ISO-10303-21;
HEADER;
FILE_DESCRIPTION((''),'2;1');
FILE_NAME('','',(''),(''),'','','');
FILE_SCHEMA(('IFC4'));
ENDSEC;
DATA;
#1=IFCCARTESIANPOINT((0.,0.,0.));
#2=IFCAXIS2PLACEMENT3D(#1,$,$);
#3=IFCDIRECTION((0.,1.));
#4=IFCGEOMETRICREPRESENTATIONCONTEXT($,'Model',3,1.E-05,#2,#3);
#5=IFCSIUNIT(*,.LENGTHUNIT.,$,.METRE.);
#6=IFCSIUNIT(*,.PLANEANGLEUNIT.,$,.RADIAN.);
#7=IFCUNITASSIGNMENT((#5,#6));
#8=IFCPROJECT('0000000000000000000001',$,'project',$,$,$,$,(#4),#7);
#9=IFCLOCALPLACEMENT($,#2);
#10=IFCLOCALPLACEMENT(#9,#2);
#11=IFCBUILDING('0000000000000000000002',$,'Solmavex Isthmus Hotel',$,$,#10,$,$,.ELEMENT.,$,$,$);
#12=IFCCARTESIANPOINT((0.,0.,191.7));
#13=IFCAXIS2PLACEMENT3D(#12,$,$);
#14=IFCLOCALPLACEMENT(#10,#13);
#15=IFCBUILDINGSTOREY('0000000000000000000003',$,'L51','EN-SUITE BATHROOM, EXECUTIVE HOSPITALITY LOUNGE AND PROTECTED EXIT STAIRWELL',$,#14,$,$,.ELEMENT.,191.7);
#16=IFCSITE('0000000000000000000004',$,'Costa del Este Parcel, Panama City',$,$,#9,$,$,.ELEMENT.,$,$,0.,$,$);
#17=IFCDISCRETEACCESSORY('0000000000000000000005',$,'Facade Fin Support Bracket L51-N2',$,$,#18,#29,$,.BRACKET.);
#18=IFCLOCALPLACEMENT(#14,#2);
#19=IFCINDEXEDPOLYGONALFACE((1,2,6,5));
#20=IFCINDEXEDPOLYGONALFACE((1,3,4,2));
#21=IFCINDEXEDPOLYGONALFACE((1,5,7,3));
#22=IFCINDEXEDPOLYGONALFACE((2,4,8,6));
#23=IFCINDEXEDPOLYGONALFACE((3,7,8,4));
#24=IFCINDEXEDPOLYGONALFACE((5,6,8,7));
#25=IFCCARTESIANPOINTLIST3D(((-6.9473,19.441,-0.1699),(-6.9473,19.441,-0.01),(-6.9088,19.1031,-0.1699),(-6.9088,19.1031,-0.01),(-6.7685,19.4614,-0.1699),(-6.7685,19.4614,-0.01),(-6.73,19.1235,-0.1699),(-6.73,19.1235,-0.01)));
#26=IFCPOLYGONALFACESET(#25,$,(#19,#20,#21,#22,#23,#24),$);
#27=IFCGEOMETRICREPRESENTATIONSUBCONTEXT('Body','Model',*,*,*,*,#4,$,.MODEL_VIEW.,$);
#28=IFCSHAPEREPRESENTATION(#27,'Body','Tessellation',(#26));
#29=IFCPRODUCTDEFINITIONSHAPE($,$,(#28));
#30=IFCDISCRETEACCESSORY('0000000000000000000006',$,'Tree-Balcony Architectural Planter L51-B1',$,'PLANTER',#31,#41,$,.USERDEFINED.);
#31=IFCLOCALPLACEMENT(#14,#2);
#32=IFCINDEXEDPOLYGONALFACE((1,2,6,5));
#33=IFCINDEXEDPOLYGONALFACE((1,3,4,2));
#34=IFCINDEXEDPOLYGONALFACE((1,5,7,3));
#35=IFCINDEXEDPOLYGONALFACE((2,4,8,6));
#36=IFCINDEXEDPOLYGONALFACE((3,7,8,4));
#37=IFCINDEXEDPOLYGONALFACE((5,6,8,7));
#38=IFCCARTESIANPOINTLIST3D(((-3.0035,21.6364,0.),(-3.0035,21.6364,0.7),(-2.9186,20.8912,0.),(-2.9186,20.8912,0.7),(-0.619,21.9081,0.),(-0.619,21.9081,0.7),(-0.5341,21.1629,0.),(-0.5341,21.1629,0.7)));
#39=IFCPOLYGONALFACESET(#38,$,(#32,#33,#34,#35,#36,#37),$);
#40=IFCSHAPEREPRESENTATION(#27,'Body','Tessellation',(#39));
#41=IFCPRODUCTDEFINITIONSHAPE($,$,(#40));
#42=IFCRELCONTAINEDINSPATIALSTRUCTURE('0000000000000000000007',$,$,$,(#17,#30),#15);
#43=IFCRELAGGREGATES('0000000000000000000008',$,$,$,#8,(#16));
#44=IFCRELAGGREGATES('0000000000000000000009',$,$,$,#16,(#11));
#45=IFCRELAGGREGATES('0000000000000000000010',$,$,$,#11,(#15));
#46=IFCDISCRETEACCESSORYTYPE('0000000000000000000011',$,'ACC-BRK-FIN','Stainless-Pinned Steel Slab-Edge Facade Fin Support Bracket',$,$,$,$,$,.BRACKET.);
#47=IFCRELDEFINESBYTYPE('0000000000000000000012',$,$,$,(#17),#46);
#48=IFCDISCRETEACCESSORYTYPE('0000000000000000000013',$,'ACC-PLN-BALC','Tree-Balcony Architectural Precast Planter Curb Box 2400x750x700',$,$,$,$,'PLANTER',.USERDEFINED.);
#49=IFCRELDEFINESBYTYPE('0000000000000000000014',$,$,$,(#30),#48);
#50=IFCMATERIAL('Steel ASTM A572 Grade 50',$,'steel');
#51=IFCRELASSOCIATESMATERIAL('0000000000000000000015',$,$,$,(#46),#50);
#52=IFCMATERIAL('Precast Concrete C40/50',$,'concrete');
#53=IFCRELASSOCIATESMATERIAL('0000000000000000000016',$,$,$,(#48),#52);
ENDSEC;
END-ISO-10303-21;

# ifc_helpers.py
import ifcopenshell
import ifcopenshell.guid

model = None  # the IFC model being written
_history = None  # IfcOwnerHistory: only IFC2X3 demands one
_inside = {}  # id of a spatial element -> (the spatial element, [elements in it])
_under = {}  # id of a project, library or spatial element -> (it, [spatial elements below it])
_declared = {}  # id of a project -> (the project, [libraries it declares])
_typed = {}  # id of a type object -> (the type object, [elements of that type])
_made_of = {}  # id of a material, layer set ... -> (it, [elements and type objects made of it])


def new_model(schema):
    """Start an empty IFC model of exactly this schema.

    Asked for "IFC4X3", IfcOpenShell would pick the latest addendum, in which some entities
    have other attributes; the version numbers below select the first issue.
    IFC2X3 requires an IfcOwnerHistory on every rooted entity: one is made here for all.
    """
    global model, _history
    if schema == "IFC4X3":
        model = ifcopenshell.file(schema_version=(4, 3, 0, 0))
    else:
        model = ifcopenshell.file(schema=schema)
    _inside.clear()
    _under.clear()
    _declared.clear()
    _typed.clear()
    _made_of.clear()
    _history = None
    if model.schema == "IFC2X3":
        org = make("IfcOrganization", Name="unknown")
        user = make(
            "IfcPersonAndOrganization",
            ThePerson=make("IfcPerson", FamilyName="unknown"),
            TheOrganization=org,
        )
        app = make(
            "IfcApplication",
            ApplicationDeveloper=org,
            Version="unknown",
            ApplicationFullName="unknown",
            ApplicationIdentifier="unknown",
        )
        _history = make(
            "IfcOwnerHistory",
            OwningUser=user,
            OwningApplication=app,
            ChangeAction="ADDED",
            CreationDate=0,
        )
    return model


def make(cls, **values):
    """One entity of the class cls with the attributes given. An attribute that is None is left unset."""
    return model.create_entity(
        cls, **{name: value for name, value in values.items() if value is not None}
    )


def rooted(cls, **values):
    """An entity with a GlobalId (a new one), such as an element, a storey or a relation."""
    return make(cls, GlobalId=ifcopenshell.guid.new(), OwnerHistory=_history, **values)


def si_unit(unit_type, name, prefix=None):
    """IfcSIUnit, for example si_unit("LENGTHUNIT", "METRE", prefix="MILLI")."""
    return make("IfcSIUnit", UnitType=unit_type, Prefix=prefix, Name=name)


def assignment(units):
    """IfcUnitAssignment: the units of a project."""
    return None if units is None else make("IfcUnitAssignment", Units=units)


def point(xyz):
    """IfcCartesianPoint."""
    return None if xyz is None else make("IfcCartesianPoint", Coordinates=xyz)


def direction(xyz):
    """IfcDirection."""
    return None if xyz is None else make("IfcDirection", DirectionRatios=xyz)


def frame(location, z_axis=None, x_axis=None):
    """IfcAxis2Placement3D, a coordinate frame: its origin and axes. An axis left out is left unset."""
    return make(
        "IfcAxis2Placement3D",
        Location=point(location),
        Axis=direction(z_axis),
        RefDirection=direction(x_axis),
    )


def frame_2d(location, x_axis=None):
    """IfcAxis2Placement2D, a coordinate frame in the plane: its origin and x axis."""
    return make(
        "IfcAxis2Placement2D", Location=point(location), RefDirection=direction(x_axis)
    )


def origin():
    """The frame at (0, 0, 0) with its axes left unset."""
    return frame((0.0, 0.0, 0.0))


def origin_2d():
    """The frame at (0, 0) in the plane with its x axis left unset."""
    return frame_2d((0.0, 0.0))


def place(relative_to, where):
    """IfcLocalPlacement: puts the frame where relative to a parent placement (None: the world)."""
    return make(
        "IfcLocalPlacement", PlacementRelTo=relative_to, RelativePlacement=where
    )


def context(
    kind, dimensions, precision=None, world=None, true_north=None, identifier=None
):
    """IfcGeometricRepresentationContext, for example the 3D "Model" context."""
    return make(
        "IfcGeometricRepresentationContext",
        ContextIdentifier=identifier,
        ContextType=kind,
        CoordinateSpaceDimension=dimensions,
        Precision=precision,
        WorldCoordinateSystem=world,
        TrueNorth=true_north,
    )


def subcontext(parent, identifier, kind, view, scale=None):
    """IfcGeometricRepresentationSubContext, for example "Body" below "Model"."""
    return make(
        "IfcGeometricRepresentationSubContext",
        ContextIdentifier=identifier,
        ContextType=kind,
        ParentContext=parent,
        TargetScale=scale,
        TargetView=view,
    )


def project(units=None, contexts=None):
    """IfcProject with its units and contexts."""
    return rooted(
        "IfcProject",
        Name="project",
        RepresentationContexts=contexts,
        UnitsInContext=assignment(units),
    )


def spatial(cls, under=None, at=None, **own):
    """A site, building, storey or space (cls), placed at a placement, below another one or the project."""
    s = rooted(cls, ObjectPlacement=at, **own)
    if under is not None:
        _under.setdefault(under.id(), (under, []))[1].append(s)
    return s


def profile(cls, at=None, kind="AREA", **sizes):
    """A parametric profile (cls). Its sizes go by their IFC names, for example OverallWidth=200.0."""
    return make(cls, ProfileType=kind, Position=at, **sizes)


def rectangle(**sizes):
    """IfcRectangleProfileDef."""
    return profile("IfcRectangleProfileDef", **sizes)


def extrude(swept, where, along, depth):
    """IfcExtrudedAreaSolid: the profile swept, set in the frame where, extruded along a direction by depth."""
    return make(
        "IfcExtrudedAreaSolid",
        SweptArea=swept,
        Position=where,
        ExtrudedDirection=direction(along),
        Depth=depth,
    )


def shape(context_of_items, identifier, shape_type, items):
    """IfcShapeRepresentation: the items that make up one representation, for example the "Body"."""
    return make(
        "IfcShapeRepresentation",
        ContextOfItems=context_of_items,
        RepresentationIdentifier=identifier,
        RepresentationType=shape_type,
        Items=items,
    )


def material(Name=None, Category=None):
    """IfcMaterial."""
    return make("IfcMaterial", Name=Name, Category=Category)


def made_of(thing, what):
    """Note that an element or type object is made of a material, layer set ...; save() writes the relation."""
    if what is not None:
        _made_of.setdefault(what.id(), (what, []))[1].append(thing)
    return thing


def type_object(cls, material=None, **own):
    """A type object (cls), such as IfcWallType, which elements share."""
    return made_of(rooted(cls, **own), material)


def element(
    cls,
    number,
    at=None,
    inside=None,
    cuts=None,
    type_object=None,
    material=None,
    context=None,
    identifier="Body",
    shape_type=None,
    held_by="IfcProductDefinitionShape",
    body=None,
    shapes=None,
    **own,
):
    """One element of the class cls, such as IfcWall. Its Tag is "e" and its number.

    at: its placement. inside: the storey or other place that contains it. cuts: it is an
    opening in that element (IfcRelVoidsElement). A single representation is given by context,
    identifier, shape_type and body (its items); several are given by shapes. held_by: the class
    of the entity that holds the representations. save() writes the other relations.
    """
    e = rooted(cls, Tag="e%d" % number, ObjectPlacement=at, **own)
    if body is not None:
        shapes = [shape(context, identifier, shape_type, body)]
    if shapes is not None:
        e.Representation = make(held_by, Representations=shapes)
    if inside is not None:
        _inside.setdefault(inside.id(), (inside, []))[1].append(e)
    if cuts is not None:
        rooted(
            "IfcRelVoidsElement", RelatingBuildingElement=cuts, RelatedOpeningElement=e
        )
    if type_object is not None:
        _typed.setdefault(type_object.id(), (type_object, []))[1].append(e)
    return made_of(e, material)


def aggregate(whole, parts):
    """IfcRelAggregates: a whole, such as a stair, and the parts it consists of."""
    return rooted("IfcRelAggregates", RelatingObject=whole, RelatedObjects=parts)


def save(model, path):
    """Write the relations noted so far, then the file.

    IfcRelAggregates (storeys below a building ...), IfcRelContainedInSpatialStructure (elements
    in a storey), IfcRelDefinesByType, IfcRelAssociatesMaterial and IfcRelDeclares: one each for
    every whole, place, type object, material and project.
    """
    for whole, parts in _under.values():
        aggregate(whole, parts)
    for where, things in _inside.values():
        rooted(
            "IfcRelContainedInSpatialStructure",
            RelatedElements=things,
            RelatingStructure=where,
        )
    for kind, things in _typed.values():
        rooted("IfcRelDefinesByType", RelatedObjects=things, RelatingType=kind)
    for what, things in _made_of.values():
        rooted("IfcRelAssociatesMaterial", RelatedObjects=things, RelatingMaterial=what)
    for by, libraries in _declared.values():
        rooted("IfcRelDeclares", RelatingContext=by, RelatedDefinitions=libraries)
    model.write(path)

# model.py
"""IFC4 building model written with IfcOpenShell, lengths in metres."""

from ifc_helpers import new_model, si_unit, direction, frame, origin, origin_2d, place, context, subcontext, project, spatial, rectangle, extrude, material, type_object, element, save


model = new_model("IFC4")

# Units and contexts
model_context = context("Model", 3, precision=1e-05, world=origin(), true_north=direction((0.0, 1.0)))
body_context = subcontext(model_context, "Body", "Model", "MODEL_VIEW")
ifc_project = project(units=[si_unit("LENGTHUNIT", "METRE"), si_unit("PLANEANGLEUNIT", "RADIAN")], contexts=[model_context])

# Site, building, storey
site_placement = place(None, origin())
site = spatial("IfcSite", under=ifc_project, at=site_placement, Name="Costa del Este Parcel, Panama City", CompositionType="ELEMENT", RefElevation=0.0)
building_placement = place(site_placement, origin())
building = spatial("IfcBuilding", under=site, at=building_placement, Name="Solmavex Isthmus Hotel", CompositionType="ELEMENT")
storey_placement = place(building_placement, frame((0.0, 0.0, 191.7)))
storey = spatial("IfcBuildingStorey", under=building, at=storey_placement, Name="L51", Description="EN-SUITE BATHROOM, EXECUTIVE HOSPITALITY LOUNGE AND PROTECTED EXIT STAIRWELL", CompositionType="ELEMENT", Elevation=191.7)

# Shared definitions
ifc_material_1 = material(Name="Steel ASTM A572 Grade 50", Category="steel")

# Shared definitions
ifc_material_2 = material(Name="Precast Concrete C40/50", Category="concrete")

# Discrete accessories
discrete_accessory_type_1 = type_object("IfcDiscreteAccessoryType", Name="ACC-BRK-FIN", Description="Stainless-Pinned Steel Slab-Edge Facade Fin Support Bracket", PredefinedType="BRACKET", material=ifc_material_1)
discrete_accessory_1_placement = place(storey_placement, frame((-6.8386, 19.2822, -0.1699), z_axis=(0.0, 0.0, 1.0), x_axis=(-0.113203, 0.993572, 0.0)))
element("IfcDiscreteAccessory", 1, at=discrete_accessory_1_placement, inside=storey, type_object=discrete_accessory_type_1, Name="Facade Fin Support Bracket L51-N2", PredefinedType="BRACKET", context=body_context, shape_type="SweptSolid", body=[
    extrude(rectangle(XDim=0.3401, YDim=0.1799, at=origin_2d()), origin(), (0.0, 0.0, 1.0), 0.1599),
])
discrete_accessory_type_2 = type_object("IfcDiscreteAccessoryType", Name="ACC-PLN-BALC", Description="Tree-Balcony Architectural Precast Planter Curb Box 2400x750x700", ElementType="PLANTER", PredefinedType="USERDEFINED", material=ifc_material_2)
discrete_accessory_2_placement = place(storey_placement, frame((-1.7688, 21.3997, 0.0), z_axis=(0.0, 0.0, 1.0), x_axis=(0.993572, 0.113203, 0.0)))
element("IfcDiscreteAccessory", 2, at=discrete_accessory_2_placement, inside=storey, type_object=discrete_accessory_type_2, Name="Tree-Balcony Architectural Planter L51-B1", ObjectType="PLANTER", PredefinedType="USERDEFINED", context=body_context, shape_type="SweptSolid", body=[
    extrude(rectangle(XDim=2.3999, YDim=0.75, at=origin_2d()), origin(), (0.0, 0.0, 1.0), 0.7),
])

save(model, "model.ifc")
